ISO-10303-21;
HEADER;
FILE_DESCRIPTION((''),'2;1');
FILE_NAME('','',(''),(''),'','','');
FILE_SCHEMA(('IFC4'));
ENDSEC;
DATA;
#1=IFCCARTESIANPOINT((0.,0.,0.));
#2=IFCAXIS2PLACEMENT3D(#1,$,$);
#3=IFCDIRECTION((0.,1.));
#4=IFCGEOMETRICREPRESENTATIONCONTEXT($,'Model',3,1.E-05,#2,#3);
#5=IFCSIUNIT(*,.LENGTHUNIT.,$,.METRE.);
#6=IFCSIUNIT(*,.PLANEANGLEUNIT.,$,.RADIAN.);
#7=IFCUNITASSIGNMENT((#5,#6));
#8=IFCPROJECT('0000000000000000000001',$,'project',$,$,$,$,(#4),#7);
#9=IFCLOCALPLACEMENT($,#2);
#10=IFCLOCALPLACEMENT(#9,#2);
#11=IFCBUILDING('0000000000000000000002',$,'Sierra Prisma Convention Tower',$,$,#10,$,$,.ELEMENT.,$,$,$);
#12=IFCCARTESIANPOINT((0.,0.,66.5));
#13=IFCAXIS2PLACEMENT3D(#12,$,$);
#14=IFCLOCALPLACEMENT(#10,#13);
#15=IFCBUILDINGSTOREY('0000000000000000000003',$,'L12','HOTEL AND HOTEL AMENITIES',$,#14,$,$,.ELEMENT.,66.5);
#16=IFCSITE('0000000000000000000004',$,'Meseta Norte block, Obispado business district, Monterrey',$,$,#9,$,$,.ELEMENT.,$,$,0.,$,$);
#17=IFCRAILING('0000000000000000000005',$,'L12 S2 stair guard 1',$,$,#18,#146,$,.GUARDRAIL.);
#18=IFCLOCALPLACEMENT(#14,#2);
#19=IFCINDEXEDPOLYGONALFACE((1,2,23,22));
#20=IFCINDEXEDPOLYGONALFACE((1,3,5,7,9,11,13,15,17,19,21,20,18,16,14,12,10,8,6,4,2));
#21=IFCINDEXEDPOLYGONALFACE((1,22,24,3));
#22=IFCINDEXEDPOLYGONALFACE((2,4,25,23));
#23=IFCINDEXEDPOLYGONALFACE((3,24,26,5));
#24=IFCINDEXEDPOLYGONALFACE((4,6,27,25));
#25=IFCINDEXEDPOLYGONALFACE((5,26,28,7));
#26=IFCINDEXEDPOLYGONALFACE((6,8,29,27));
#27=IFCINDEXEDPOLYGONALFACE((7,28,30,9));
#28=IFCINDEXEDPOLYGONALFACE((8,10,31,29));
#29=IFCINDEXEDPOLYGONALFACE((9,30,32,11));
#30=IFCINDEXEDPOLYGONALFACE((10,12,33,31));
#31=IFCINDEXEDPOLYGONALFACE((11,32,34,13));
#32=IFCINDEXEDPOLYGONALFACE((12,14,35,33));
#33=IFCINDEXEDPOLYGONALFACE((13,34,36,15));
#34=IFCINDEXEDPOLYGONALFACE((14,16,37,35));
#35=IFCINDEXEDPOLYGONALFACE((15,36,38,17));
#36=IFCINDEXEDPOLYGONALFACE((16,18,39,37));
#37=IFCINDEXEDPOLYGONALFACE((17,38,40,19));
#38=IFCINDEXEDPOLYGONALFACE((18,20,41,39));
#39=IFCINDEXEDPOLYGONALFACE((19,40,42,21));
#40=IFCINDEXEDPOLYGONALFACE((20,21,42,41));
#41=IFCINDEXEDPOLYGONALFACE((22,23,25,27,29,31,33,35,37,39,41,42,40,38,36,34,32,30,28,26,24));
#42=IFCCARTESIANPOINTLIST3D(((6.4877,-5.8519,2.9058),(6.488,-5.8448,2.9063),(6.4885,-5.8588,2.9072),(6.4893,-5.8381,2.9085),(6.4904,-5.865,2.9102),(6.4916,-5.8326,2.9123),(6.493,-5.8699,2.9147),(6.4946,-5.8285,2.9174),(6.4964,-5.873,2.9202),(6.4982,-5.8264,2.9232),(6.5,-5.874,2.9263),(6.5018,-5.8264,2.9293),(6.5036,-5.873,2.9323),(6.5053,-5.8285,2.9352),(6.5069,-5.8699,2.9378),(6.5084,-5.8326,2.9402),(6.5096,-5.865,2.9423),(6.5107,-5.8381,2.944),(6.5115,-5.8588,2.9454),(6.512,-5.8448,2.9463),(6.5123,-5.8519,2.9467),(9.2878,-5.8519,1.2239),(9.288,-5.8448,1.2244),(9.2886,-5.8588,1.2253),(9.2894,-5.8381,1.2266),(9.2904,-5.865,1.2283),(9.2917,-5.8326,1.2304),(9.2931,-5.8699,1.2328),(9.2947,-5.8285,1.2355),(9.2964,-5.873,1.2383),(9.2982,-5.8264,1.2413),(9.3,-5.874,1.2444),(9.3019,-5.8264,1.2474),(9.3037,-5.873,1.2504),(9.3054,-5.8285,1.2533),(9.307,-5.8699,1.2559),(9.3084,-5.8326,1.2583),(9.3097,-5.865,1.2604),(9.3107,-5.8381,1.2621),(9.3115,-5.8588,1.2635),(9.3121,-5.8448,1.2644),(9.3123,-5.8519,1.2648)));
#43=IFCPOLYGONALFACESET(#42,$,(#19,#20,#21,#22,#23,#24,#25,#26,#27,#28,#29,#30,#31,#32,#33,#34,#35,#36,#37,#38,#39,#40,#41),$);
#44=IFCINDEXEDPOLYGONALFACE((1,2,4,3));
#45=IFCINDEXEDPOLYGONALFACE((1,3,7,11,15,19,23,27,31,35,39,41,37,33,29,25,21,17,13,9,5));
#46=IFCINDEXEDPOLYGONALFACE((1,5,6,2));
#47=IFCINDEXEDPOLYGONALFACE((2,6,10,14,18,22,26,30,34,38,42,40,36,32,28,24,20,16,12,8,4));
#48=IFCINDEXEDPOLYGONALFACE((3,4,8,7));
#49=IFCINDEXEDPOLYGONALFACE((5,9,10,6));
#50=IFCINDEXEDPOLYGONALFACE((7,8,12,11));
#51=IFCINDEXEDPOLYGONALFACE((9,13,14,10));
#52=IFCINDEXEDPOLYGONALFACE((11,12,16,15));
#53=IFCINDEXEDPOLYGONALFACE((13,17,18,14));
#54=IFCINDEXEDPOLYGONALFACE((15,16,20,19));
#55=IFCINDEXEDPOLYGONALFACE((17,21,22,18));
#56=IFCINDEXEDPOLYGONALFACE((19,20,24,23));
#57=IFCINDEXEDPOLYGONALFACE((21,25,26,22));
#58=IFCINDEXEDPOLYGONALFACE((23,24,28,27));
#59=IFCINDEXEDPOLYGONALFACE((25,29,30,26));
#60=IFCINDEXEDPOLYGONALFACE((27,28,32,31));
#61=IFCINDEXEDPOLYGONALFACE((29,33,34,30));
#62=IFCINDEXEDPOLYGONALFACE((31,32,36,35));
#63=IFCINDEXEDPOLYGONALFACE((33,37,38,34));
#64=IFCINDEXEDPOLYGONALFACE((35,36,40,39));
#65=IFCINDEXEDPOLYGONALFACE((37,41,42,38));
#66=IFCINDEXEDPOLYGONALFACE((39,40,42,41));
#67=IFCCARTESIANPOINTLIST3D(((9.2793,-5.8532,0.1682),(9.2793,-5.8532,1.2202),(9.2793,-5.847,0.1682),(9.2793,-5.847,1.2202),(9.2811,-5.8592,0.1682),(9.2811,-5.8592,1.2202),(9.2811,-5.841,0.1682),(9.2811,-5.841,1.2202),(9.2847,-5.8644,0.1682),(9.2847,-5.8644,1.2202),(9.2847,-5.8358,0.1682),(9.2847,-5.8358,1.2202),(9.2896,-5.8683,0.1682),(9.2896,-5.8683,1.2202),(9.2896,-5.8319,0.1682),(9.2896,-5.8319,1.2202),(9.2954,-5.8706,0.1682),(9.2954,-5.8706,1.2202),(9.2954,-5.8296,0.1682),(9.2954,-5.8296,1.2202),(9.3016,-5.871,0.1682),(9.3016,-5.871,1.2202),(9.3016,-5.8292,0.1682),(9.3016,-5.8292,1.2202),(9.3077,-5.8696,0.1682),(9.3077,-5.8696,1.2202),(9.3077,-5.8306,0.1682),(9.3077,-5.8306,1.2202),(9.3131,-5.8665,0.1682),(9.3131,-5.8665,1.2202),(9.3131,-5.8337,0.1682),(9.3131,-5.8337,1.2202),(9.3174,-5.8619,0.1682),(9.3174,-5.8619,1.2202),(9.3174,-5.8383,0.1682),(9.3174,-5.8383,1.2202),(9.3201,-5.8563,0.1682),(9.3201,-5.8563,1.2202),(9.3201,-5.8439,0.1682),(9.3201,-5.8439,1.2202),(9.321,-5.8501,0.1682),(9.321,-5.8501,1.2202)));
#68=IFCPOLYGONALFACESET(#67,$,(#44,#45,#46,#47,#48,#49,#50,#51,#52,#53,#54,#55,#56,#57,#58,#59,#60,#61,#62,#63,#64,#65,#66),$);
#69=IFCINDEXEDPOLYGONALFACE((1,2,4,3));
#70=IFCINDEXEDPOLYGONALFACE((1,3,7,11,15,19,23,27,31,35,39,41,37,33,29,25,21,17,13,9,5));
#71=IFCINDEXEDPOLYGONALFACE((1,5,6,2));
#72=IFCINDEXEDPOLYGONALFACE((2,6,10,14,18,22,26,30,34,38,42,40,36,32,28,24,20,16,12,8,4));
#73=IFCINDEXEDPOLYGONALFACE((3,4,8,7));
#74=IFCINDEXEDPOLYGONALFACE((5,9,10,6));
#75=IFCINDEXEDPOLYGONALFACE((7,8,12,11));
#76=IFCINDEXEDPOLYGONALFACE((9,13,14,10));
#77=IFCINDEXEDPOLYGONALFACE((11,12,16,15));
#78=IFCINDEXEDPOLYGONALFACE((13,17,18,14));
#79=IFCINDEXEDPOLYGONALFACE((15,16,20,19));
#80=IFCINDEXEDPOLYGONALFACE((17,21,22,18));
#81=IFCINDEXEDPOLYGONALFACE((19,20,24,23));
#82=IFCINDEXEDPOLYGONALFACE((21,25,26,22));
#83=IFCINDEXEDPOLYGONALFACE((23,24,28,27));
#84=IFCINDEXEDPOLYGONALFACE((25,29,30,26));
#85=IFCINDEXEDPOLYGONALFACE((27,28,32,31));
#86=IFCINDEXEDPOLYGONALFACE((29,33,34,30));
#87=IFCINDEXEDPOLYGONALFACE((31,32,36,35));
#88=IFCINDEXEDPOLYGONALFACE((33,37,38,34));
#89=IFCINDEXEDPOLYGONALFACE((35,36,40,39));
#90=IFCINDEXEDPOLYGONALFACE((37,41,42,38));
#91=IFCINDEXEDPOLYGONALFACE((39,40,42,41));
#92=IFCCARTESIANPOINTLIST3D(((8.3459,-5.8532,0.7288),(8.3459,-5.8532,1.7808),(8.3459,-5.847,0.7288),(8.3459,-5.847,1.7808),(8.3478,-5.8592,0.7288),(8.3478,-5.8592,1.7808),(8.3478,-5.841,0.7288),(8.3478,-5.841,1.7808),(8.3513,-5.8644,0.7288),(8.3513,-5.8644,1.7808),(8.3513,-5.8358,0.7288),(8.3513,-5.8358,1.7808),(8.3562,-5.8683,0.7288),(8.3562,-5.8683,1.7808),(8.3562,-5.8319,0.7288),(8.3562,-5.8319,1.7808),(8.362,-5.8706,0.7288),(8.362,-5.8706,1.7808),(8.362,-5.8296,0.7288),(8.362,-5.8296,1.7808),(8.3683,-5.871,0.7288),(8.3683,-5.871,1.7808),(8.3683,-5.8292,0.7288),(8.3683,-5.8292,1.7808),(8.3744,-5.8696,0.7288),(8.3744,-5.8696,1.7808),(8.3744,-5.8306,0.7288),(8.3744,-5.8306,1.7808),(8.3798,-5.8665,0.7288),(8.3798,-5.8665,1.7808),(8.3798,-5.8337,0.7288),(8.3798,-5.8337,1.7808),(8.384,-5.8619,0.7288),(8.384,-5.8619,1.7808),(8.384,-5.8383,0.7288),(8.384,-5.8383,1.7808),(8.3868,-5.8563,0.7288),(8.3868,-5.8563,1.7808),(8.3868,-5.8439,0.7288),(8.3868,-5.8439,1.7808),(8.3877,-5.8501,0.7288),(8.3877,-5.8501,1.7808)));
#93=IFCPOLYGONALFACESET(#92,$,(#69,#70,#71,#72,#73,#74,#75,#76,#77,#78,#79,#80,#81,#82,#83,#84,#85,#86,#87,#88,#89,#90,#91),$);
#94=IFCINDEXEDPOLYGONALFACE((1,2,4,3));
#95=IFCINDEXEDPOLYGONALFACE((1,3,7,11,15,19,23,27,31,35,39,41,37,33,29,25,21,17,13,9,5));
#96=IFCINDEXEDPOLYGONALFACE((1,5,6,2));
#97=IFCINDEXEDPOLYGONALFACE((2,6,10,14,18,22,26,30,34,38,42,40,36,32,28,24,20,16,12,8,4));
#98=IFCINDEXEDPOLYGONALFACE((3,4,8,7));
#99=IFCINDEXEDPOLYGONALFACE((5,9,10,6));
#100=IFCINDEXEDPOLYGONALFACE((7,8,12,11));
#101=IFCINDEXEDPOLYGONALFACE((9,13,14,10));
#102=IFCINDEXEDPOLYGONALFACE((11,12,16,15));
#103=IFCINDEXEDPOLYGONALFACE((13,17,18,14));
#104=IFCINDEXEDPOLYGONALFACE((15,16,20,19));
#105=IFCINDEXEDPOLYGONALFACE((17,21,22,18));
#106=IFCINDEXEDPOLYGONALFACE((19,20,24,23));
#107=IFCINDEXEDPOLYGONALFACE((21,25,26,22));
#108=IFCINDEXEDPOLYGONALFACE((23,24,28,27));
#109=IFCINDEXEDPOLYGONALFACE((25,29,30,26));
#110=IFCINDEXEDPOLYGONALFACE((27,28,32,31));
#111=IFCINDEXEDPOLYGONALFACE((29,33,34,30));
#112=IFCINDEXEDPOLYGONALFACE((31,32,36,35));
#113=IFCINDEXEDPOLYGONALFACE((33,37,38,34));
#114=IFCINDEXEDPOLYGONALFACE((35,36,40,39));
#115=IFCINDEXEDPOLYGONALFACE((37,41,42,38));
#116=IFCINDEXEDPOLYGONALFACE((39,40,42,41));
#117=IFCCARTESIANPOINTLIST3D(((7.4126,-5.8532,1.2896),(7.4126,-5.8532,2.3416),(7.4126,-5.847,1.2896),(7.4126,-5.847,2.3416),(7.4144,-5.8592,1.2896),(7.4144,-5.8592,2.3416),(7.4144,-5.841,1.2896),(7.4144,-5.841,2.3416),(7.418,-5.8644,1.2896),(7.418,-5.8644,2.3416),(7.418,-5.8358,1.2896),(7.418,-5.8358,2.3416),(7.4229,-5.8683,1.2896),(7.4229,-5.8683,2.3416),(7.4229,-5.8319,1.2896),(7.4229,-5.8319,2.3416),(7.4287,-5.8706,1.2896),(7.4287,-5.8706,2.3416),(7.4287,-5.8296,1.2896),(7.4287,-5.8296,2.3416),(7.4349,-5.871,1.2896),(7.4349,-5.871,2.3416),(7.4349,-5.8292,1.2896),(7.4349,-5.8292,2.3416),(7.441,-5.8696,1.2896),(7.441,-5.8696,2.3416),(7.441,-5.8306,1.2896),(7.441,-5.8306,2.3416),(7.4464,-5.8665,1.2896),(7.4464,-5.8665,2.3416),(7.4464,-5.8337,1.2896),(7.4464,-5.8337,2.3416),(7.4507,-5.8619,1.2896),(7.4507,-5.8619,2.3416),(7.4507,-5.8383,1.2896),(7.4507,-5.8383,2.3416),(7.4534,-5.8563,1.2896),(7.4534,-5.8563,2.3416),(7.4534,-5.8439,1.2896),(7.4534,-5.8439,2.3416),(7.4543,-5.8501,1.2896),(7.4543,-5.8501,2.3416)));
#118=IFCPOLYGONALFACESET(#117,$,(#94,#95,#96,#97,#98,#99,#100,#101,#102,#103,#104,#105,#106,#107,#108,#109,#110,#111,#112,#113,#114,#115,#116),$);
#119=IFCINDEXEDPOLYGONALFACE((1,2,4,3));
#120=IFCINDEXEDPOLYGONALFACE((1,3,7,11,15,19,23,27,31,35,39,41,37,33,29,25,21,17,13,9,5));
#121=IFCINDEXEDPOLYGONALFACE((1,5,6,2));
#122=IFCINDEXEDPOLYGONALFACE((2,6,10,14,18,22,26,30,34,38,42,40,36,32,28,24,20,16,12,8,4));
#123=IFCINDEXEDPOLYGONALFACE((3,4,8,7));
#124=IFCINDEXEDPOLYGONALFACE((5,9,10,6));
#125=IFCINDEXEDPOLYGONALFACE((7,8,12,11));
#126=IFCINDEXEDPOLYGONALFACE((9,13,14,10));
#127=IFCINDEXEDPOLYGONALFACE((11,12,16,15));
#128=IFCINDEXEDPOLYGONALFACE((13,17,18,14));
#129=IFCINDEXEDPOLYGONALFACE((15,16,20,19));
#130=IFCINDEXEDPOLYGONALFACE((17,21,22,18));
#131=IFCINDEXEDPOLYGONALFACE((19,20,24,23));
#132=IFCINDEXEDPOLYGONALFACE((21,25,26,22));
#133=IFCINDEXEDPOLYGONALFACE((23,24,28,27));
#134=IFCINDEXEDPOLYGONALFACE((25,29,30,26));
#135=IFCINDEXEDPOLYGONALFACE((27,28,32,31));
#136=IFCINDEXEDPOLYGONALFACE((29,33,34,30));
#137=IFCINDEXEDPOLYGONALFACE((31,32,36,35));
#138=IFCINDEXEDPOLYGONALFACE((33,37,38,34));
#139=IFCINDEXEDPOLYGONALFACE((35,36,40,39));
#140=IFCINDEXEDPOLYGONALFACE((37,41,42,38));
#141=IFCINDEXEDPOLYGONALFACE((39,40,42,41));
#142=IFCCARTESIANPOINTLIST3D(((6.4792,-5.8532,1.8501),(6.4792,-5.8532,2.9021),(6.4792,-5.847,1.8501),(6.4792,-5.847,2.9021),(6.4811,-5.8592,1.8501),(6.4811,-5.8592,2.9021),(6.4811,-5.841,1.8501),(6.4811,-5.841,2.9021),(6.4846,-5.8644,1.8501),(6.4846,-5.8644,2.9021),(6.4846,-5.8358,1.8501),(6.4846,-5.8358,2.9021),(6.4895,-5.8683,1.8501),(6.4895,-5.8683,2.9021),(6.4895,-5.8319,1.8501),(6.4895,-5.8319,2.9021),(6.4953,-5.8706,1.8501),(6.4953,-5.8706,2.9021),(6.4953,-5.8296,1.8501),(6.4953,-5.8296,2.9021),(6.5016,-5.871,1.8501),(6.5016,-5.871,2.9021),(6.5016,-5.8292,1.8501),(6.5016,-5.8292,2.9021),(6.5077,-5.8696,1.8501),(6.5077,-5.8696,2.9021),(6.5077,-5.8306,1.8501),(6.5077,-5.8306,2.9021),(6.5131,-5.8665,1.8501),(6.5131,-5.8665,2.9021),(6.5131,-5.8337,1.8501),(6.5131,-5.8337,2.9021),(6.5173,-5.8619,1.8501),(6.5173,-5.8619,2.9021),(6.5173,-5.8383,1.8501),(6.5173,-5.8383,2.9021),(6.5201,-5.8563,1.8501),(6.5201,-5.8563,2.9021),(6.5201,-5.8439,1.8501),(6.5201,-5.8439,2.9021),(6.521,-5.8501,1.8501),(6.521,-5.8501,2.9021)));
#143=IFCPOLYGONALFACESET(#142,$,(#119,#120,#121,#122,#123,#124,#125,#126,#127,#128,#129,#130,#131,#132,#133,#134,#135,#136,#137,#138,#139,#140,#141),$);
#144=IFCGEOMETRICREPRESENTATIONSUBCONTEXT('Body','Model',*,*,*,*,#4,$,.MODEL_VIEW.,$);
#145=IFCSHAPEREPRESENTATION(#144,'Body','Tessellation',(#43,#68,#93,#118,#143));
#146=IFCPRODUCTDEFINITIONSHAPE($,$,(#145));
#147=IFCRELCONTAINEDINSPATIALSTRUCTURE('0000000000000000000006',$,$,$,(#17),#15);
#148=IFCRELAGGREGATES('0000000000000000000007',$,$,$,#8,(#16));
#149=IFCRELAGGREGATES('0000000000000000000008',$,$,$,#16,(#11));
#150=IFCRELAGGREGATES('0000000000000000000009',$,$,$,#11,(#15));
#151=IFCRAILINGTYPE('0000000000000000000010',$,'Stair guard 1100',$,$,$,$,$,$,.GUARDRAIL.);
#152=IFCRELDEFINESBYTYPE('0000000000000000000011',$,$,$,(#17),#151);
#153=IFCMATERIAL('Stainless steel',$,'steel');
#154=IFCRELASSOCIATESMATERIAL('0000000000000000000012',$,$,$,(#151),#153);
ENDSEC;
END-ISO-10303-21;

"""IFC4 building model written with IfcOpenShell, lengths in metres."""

from ifc_helpers import new_model, si_unit, direction, frame, origin, origin_2d, place, context, subcontext, project, spatial, circle, extrude, material, type_object, element, save


model = new_model("IFC4")

# Units and contexts
model_context = context("Model", 3, precision=1e-05, world=origin(), true_north=direction((0.0, 1.0)))
body_context = subcontext(model_context, "Body", "Model", "MODEL_VIEW")
ifc_project = project(units=[si_unit("LENGTHUNIT", "METRE"), si_unit("PLANEANGLEUNIT", "RADIAN")], contexts=[model_context])

# Site, building, storey
site_placement = place(None, origin())
site = spatial("IfcSite", under=ifc_project, at=site_placement, Name="Meseta Norte block, Obispado business district, Monterrey", CompositionType="ELEMENT", RefElevation=0.0)
building_placement = place(site_placement, origin())
building = spatial("IfcBuilding", under=site, at=building_placement, Name="Sierra Prisma Convention Tower", CompositionType="ELEMENT")
storey_placement = place(building_placement, frame((0.0, 0.0, 66.5)))
storey = spatial("IfcBuildingStorey", under=building, at=storey_placement, Name="L12", Description="HOTEL AND HOTEL AMENITIES", CompositionType="ELEMENT", Elevation=66.5)

# Railing
ifc_material_1 = material(Name="Stainless steel", Category="steel")
railing_type_1 = type_object("IfcRailingType", Name="Stair guard 1100", PredefinedType="GUARDRAIL", material=ifc_material_1)
railing_1_placement = place(storey_placement, frame((9.3, -5.8501, 0.1682)))
element("IfcRailing", 1, at=railing_1_placement, inside=storey, type_object=railing_type_1, Name="L12 S2 stair guard 1", PredefinedType="GUARDRAIL", context=body_context, shape_type="SweptSolid", body=[
    extrude(circle(Radius=0.0239, at=origin_2d()), frame((0.0, 0.0, 1.0762), z_axis=(-0.857242, 0.0, 0.514913), x_axis=(0.0, -1.0, 0.0)), (0.0, 0.0, 1.0), 3.2664),
    extrude(circle(Radius=0.021, at=origin_2d()), origin(), (0.0, 0.0, 1.0), 1.052),
    extrude(circle(Radius=0.021, at=origin_2d()), frame((-0.9333, 0.0, 0.5605)), (0.0, 0.0, 1.0), 1.052),
    extrude(circle(Radius=0.021, at=origin_2d()), frame((-1.8667, 0.0, 1.1213)), (0.0, 0.0, 1.0), 1.052),
    extrude(circle(Radius=0.021, at=origin_2d()), frame((-2.8, 0.0, 1.6819)), (0.0, 0.0, 1.0), 1.052),
])

save(model, "model.ifc")
